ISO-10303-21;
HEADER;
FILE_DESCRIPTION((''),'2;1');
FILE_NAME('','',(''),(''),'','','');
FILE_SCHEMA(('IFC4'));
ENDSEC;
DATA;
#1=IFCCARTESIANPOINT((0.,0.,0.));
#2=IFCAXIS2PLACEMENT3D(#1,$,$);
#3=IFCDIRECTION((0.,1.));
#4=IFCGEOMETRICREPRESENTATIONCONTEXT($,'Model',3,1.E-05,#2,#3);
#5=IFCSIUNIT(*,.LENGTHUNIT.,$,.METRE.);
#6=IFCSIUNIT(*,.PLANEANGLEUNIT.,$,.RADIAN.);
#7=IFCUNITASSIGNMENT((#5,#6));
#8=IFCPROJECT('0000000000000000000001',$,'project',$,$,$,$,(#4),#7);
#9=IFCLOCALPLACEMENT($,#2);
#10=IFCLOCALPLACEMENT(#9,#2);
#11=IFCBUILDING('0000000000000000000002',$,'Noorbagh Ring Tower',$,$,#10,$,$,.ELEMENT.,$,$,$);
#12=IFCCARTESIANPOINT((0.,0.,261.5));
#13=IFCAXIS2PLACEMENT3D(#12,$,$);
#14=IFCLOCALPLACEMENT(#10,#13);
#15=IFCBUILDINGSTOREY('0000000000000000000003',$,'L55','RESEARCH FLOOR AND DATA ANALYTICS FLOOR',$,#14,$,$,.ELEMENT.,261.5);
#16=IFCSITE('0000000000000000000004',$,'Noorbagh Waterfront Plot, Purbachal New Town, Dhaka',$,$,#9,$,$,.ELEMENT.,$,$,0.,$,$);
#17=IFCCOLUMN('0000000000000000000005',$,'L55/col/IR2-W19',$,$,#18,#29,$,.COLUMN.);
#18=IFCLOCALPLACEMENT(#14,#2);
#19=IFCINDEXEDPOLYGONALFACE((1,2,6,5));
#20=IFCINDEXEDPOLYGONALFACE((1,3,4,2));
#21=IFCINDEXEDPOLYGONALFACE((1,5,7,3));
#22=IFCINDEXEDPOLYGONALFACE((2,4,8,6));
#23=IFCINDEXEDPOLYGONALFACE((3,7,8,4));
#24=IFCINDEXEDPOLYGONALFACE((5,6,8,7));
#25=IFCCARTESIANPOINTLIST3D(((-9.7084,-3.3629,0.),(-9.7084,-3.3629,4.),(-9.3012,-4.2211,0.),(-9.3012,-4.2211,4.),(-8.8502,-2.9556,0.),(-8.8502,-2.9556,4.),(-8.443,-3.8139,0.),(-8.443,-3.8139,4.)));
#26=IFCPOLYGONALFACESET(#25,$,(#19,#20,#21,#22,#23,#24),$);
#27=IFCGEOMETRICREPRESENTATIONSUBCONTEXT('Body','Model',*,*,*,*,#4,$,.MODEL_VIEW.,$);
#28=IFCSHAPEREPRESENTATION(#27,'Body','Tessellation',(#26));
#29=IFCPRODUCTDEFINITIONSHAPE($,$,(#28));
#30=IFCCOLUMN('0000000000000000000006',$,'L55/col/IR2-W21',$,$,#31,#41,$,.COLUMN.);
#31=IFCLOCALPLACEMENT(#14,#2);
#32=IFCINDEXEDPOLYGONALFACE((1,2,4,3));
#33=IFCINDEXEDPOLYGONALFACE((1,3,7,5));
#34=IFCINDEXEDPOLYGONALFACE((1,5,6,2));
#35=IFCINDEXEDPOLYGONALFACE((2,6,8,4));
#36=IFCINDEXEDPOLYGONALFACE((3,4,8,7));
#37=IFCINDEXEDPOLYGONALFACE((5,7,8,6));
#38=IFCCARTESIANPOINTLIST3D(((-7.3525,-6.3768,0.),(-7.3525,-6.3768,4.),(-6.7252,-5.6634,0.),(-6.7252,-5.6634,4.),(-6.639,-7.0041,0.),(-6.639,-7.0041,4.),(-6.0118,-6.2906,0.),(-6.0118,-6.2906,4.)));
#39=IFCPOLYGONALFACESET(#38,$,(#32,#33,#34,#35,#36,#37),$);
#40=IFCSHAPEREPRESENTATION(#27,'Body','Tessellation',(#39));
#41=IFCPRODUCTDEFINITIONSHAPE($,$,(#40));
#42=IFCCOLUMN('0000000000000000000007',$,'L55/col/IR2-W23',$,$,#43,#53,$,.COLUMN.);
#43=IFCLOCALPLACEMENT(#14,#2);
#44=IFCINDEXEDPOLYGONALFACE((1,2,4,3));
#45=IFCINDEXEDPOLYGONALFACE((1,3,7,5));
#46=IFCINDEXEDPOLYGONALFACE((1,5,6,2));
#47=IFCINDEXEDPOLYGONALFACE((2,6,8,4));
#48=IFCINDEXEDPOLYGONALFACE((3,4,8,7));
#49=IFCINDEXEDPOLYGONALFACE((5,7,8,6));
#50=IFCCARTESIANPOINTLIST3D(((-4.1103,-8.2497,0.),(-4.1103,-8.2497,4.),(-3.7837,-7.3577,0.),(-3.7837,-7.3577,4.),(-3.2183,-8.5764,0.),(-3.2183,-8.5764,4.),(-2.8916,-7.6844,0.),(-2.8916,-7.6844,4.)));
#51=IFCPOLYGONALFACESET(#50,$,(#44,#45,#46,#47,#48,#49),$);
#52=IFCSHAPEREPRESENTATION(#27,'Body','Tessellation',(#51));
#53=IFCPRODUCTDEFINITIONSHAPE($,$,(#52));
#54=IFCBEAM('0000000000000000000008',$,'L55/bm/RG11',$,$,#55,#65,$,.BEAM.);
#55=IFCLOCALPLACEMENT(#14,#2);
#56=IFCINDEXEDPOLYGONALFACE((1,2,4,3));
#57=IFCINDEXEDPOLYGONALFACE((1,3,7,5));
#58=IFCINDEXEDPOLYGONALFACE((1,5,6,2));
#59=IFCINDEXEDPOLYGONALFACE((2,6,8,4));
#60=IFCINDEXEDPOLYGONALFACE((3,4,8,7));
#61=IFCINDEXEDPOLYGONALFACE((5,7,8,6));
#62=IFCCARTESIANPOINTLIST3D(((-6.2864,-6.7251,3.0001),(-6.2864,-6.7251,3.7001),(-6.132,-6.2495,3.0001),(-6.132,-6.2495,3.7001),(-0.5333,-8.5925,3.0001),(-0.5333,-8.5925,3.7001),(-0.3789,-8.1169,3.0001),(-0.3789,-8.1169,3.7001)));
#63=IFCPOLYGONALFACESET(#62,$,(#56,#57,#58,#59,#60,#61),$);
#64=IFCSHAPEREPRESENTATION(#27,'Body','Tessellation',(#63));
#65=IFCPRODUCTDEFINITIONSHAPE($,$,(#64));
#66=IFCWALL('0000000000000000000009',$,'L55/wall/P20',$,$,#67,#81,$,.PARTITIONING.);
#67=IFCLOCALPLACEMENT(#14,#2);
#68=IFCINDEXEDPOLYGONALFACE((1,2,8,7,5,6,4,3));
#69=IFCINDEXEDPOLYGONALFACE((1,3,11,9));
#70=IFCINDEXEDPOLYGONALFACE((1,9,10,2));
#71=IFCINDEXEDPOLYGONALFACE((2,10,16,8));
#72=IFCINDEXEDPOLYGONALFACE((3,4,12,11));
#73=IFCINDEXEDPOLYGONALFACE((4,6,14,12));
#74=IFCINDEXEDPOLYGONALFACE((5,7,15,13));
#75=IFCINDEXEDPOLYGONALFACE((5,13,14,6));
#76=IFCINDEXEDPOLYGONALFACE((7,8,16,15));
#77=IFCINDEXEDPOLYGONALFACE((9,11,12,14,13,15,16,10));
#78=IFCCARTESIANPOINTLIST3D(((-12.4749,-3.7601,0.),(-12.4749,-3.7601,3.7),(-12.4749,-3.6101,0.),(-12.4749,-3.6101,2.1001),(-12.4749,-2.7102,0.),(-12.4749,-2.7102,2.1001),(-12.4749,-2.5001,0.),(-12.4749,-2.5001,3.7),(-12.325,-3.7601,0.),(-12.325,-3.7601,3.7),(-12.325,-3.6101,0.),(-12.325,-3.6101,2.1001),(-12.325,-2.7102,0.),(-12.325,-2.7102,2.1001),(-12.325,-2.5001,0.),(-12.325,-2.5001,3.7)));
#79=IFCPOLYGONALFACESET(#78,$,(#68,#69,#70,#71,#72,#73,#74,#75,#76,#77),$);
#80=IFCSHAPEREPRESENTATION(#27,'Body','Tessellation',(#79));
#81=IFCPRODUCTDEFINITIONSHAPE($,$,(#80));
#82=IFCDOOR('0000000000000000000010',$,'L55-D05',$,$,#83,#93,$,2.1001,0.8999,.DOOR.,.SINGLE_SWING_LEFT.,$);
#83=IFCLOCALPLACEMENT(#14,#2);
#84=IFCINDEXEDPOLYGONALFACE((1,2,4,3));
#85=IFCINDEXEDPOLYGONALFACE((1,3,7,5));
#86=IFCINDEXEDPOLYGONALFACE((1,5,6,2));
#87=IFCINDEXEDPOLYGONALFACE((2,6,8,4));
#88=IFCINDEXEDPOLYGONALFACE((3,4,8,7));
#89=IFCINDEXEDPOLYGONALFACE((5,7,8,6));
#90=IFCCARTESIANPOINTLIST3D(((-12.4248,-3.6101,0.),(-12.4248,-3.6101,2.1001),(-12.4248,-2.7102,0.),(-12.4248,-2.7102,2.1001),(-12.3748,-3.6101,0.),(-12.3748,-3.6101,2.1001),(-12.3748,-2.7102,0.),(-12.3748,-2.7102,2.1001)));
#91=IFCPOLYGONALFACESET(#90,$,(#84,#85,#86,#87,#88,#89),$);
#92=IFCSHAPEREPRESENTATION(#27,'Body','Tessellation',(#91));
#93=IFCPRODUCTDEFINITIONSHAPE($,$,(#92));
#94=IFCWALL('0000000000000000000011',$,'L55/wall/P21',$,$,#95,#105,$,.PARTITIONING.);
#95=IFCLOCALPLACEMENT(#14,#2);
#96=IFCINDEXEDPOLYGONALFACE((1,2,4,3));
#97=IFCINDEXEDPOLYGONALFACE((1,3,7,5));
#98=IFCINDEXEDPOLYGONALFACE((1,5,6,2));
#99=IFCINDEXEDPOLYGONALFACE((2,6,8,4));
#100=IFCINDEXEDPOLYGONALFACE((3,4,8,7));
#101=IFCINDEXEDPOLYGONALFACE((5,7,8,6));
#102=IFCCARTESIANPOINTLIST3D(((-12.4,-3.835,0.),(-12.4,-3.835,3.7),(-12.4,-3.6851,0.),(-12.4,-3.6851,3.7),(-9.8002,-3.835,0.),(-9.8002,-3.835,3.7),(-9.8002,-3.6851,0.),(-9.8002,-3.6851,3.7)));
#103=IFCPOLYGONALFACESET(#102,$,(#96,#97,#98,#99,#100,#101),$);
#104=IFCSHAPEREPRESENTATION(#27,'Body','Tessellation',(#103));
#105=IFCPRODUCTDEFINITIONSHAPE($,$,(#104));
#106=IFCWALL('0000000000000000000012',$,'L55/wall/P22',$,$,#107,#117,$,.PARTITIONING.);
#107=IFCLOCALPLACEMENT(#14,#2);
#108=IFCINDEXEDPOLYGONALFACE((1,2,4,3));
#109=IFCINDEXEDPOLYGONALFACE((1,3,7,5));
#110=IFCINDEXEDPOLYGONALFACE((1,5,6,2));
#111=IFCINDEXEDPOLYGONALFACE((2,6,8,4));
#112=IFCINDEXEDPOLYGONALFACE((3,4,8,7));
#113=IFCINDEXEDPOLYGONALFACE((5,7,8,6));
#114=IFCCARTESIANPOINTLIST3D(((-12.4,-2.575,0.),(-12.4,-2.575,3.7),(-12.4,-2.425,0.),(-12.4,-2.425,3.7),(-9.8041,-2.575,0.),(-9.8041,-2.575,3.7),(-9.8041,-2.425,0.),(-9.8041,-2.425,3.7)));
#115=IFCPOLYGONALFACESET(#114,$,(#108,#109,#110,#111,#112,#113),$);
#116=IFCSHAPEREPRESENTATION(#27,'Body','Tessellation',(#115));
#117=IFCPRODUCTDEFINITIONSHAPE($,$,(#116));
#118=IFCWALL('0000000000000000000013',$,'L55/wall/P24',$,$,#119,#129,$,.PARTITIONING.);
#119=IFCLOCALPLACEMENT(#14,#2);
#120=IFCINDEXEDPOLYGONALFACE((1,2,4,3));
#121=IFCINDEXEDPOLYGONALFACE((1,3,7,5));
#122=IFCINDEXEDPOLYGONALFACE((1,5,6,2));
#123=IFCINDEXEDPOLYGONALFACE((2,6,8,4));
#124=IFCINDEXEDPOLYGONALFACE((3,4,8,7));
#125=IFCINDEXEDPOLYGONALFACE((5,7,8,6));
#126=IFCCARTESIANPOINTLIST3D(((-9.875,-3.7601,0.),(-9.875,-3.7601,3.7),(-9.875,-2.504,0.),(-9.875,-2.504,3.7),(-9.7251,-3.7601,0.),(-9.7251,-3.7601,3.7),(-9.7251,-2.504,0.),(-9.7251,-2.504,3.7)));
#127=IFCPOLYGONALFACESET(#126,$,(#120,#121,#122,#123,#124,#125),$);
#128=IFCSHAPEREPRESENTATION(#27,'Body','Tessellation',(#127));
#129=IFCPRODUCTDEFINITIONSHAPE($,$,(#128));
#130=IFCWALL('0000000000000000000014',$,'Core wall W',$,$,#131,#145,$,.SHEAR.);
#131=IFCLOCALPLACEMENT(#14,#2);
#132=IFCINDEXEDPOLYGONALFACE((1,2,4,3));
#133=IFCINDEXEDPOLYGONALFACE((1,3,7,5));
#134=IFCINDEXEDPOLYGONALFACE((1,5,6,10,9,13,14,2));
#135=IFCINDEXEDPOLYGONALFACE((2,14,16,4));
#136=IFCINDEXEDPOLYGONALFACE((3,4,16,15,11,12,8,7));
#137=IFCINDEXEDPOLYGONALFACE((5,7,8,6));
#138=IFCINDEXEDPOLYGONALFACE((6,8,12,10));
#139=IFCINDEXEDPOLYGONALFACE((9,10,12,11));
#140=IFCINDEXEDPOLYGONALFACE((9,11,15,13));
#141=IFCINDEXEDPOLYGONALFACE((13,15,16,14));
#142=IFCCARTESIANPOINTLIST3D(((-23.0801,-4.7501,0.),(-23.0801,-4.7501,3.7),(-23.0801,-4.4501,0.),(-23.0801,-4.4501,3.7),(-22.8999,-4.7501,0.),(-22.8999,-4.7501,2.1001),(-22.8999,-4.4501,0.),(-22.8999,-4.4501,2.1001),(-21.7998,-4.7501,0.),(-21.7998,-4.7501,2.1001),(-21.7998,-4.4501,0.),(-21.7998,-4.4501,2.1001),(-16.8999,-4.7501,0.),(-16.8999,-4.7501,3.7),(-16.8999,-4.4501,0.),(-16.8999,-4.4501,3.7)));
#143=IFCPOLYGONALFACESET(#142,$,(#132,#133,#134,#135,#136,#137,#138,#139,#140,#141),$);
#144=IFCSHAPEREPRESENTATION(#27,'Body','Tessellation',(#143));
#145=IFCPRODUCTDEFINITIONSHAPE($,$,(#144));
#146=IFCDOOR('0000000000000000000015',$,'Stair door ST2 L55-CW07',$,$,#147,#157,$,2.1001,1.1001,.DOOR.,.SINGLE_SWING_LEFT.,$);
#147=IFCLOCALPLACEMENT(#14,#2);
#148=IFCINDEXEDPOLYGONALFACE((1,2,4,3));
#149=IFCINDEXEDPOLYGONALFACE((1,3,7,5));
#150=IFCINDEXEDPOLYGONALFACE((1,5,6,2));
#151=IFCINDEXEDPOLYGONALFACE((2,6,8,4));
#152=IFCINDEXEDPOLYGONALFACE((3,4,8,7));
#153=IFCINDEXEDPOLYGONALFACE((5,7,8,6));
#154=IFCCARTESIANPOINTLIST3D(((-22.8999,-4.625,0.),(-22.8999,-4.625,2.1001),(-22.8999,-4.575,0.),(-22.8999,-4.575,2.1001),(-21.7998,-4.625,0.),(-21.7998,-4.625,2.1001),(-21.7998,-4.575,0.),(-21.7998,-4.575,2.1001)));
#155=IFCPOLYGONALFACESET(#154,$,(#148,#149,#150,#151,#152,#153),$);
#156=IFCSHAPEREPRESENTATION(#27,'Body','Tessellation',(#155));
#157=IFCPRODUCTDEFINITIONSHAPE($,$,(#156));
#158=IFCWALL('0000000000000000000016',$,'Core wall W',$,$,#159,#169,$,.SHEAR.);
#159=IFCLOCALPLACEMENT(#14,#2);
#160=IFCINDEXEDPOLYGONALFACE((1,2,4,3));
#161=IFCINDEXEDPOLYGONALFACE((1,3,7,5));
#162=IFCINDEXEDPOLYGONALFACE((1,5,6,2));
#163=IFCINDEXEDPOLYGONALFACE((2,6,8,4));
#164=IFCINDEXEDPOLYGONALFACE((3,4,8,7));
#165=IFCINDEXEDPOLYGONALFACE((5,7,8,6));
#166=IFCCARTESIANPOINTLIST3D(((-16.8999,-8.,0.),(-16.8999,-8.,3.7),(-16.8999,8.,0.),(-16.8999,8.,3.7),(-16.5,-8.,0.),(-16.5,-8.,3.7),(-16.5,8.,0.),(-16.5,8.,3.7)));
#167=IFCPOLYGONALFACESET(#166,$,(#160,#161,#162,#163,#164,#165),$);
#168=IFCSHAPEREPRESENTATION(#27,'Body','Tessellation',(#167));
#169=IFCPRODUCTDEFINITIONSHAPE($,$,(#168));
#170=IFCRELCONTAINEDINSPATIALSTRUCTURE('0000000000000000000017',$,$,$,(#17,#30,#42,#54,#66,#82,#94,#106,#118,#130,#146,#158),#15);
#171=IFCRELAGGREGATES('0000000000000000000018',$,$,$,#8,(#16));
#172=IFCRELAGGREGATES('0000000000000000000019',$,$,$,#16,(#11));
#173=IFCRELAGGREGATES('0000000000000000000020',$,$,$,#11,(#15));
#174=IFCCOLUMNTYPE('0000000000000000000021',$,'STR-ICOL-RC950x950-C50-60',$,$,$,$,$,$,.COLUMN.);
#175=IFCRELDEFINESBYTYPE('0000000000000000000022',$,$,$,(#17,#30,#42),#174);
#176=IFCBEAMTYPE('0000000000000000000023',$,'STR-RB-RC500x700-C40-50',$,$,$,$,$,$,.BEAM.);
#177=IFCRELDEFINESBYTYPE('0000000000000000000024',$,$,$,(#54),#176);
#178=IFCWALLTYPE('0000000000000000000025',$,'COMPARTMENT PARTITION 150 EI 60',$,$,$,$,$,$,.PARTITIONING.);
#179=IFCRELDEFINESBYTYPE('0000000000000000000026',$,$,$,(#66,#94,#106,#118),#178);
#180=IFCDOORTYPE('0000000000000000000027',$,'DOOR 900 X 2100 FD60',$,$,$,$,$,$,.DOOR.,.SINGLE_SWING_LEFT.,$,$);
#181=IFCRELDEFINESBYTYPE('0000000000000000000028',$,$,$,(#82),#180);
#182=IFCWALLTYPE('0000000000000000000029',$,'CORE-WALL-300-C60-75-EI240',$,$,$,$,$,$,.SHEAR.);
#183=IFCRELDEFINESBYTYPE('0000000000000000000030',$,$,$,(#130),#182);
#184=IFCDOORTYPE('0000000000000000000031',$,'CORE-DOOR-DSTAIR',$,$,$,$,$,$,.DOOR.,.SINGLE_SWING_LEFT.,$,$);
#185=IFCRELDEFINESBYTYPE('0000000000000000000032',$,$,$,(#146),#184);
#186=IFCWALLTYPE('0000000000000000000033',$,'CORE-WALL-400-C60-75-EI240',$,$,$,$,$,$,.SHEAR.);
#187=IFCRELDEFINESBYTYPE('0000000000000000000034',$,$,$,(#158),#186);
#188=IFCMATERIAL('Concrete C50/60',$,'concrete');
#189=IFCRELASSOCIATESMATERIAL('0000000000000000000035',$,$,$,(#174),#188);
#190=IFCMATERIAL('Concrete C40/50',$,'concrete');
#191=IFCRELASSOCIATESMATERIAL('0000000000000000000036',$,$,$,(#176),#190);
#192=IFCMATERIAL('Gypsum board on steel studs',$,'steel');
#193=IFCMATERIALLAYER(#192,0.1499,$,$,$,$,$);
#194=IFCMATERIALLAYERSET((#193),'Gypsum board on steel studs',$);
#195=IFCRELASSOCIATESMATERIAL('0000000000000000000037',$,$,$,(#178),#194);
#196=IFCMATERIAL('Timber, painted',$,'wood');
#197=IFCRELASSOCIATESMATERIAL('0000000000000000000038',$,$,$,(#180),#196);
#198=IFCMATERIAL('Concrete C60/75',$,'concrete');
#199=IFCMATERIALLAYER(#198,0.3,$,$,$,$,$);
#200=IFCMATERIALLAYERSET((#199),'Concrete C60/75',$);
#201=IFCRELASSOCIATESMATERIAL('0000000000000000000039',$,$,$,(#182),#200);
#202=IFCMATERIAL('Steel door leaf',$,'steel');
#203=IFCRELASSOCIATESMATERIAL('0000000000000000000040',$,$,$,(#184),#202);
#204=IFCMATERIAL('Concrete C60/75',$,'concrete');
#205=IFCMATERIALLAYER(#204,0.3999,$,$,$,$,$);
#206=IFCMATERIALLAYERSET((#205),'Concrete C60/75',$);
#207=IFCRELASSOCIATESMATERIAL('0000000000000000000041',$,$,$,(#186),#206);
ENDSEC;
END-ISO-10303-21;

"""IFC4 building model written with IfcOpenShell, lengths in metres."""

from ifc_helpers import new_model, si_unit, direction, frame, frame_2d, origin, origin_2d, place, context, subcontext, project, spatial, rectangle, extrude, material, layer, layer_set, material_profile, profile_set, type_object, element, fill, save


model = new_model("IFC4")

# Units and contexts
model_context = context("Model", 3, precision=1e-05, world=origin(), true_north=direction((0.0, 1.0)))
body_context = subcontext(model_context, "Body", "Model", "MODEL_VIEW")
ifc_project = project(units=[si_unit("LENGTHUNIT", "METRE"), si_unit("PLANEANGLEUNIT", "RADIAN")], contexts=[model_context])

# Site, building, storey
site_placement = place(None, origin())
site = spatial("IfcSite", under=ifc_project, at=site_placement, Name="Noorbagh Waterfront Plot, Purbachal New Town, Dhaka", CompositionType="ELEMENT", RefElevation=0.0)
building_placement = place(site_placement, origin())
building = spatial("IfcBuilding", under=site, at=building_placement, Name="Noorbagh Ring Tower", CompositionType="ELEMENT")
storey_placement = place(building_placement, frame((0.0, 0.0, 261.5)))
storey = spatial("IfcBuildingStorey", under=building, at=storey_placement, Name="L55", Description="RESEARCH FLOOR AND DATA ANALYTICS FLOOR", CompositionType="ELEMENT", Elevation=261.5)

# Columns
ifc_material_1 = material(Name="Concrete C50/60", Category="concrete")
ifc_material_profile_1 = material_profile(ifc_material_1, rectangle(XDim=0.95, YDim=0.95, at=origin_2d()), Name="RC950x950")
ifc_profile_set_1 = profile_set([ifc_material_profile_1], Name="Concrete C50/60")
column_type = type_object("IfcColumnType", Name="STR-ICOL-RC950x950-C50-60", PredefinedType="COLUMN", material=ifc_profile_set_1)
for number, where, z_axis, x_axis, name in (
    (1, (-9.0757, -3.5884, 0.0), (0.0, 0.0, 1.0), (0.428667, -0.903463, 0.0), "L55/col/IR2-W19"),
    (2, (-6.6821, -6.3337, 0.0), (0.0, 0.0, 1.0), (0.751022, -0.660277, 0.0), "L55/col/IR2-W21"),
    (3, (-3.501, -7.967, 0.0), (0.0, 0.0, 1.0), (0.93902, -0.343864, 0.0), "L55/col/IR2-W23"),
):
    element("IfcColumn", number, at=place(storey_placement, frame(where, z_axis=z_axis, x_axis=x_axis)), inside=storey, type_object=column_type, Name=name, PredefinedType="COLUMN", context=body_context, shape_type="SweptSolid", body=[
        extrude(rectangle(XDim=0.95, YDim=0.95, at=origin_2d()), origin(), (0.0, 0.0, 1.0), 4.0),
    ])

# Beam
ifc_material_2 = material(Name="Concrete C40/50", Category="concrete")
ifc_material_profile_2 = material_profile(ifc_material_2, rectangle(XDim=0.5, YDim=0.7, at=origin_2d()), Name="RC500x700")
ifc_profile_set_2 = profile_set([ifc_material_profile_2], Name="Concrete C40/50")
beam_type = type_object("IfcBeamType", Name="STR-RB-RC500x700-C40-50", PredefinedType="BEAM", material=ifc_profile_set_2)
beam_placement = place(storey_placement, frame((-6.2092, -6.4873, 3.3501), z_axis=(0.951148, -0.308735, 0.0), x_axis=(0.308735, 0.951148, 0.0)))
element("IfcBeam", 4, at=beam_placement, inside=storey, type_object=beam_type, Name="L55/bm/RG11", PredefinedType="BEAM", context=body_context, shape_type="SweptSolid", body=[
    extrude(rectangle(XDim=0.5, YDim=0.7, at=origin_2d()), origin(), (0.0, 0.0, 1.0), 6.0486),
])

# Wall, opening, door
ifc_material_3 = material(Name="Gypsum board on steel studs", Category="steel")
ifc_layer_1 = layer(ifc_material_3, 0.1499)
ifc_layer_set_1 = layer_set([ifc_layer_1], Name="Gypsum board on steel studs")
wall_type_1 = type_object("IfcWallType", Name="COMPARTMENT PARTITION 150 EI 60", PredefinedType="PARTITIONING", material=ifc_layer_set_1)
wall_1_placement = place(storey_placement, frame((-12.3999, -3.76, 0.0), z_axis=(0.0, 0.0, 1.0), x_axis=(0.0, 1.0, 0.0)))
wall_1 = element("IfcWall", 5, at=wall_1_placement, inside=storey, type_object=wall_type_1, Name="L55/wall/P20", PredefinedType="PARTITIONING", context=body_context, shape_type="SweptSolid", body=[
    extrude(rectangle(XDim=1.26, YDim=0.1499, at=frame_2d((0.6299, 0.0))), origin(), (0.0, 0.0, 1.0), 3.7),
])
opening_1_placement = place(wall_1_placement, frame((0.1499, 0.0, 0.0)))
opening_1 = element("IfcOpeningElement", 6, at=opening_1_placement, cuts=wall_1, PredefinedType="OPENING", context=body_context, shape_type="SweptSolid", body=[
    extrude(rectangle(XDim=0.8999, YDim=2.1001, at=frame_2d((0.45, 1.05))), frame((0.0, 0.085, 0.0), z_axis=(0.0, -1.0, 0.0), x_axis=(1.0, 0.0, 0.0)), (0.0, 0.0, 1.0), 0.1699),
])
ifc_material_4 = material(Name="Timber, painted", Category="wood")
door_type_1 = type_object("IfcDoorType", Name="DOOR 900 X 2100 FD60", OperationType="SINGLE_SWING_LEFT", PredefinedType="DOOR", material=ifc_material_4)
door_1_placement = place(opening_1_placement, origin())
door_1 = element("IfcDoor", 7, at=door_1_placement, inside=storey, type_object=door_type_1, Name="L55-D05", OperationType="SINGLE_SWING_LEFT", OverallHeight=2.1001, OverallWidth=0.8999, PredefinedType="DOOR", context=body_context, shape_type="SweptSolid", body=[
    extrude(rectangle(XDim=0.8999, YDim=2.1001, at=frame_2d((0.45, 1.05))), frame((0.0, 0.0249, 0.0), z_axis=(0.0, -1.0, 0.0), x_axis=(1.0, 0.0, 0.0)), (0.0, 0.0, 1.0), 0.05),
])
fill(opening_1, door_1)

# Walls
wall_2_placement = place(storey_placement, frame((-12.3999, -3.76, 0.0), z_axis=(0.0, 0.0, 1.0), x_axis=(1.0, 0.0, 0.0)))
element("IfcWall", 8, at=wall_2_placement, inside=storey, type_object=wall_type_1, Name="L55/wall/P21", PredefinedType="PARTITIONING", context=body_context, shape_type="SweptSolid", body=[
    extrude(rectangle(XDim=2.5999, YDim=0.1499, at=frame_2d((1.2998, 0.0))), origin(), (0.0, 0.0, 1.0), 3.7),
])
wall_3_placement = place(storey_placement, frame((-12.3999, -2.5, 0.0), z_axis=(0.0, 0.0, 1.0), x_axis=(1.0, 0.0, 0.0)))
element("IfcWall", 9, at=wall_3_placement, inside=storey, type_object=wall_type_1, Name="L55/wall/P22", PredefinedType="PARTITIONING", context=body_context, shape_type="SweptSolid", body=[
    extrude(rectangle(XDim=2.5959, YDim=0.1499, at=frame_2d((1.2979, 0.0))), origin(), (0.0, 0.0, 1.0), 3.7),
])
wall_4_placement = place(storey_placement, frame((-9.8, -3.76, 0.0), z_axis=(0.0, 0.0, 1.0), x_axis=(0.0, 1.0, 0.0)))
element("IfcWall", 10, at=wall_4_placement, inside=storey, type_object=wall_type_1, Name="L55/wall/P24", PredefinedType="PARTITIONING", context=body_context, shape_type="SweptSolid", body=[
    extrude(rectangle(XDim=1.2561, YDim=0.1499, at=frame_2d((0.6279, 0.0))), origin(), (0.0, 0.0, 1.0), 3.7),
])

# Wall, opening, door
ifc_material_5 = material(Name="Concrete C60/75", Category="concrete")
ifc_layer_2 = layer(ifc_material_5, 0.3)
ifc_layer_set_2 = layer_set([ifc_layer_2], Name="Concrete C60/75")
wall_type_2 = type_object("IfcWallType", Name="CORE-WALL-300-C60-75-EI240", PredefinedType="SHEAR", material=ifc_layer_set_2)
wall_5_placement = place(storey_placement, frame((-16.8999, -4.6001, 0.0), z_axis=(0.0, 0.0, 1.0), x_axis=(-1.0, 0.0, 0.0)))
wall_5 = element("IfcWall", 11, at=wall_5_placement, inside=storey, type_object=wall_type_2, Name="Core wall W", PredefinedType="SHEAR", context=body_context, shape_type="SweptSolid", body=[
    extrude(rectangle(XDim=6.1802, YDim=0.3, at=frame_2d((3.0901, 0.0))), origin(), (0.0, 0.0, 1.0), 3.7),
])
opening_2_placement = place(wall_5_placement, frame((4.8999, 0.0, 0.0)))
opening_2 = element("IfcOpeningElement", 12, at=opening_2_placement, cuts=wall_5, PredefinedType="OPENING", context=body_context, shape_type="SweptSolid", body=[
    extrude(rectangle(XDim=1.1001, YDim=2.1001, at=frame_2d((0.55, 1.05))), frame((0.0, 0.1602, 0.0), z_axis=(0.0, -1.0, 0.0), x_axis=(1.0, 0.0, 0.0)), (0.0, 0.0, 1.0), 0.3201),
])
ifc_material_6 = material(Name="Steel door leaf", Category="steel")
door_type_2 = type_object("IfcDoorType", Name="CORE-DOOR-DSTAIR", OperationType="SINGLE_SWING_LEFT", PredefinedType="DOOR", material=ifc_material_6)
door_2_placement = place(opening_2_placement, origin())
door_2 = element("IfcDoor", 13, at=door_2_placement, inside=storey, type_object=door_type_2, Name="Stair door ST2 L55-CW07", OperationType="SINGLE_SWING_LEFT", OverallHeight=2.1001, OverallWidth=1.1001, PredefinedType="DOOR", context=body_context, shape_type="SweptSolid", body=[
    extrude(rectangle(XDim=1.1001, YDim=2.1001, at=frame_2d((0.55, 1.05))), frame((0.0, 0.0249, 0.0), z_axis=(0.0, -1.0, 0.0), x_axis=(1.0, 0.0, 0.0)), (0.0, 0.0, 1.0), 0.05),
])
fill(opening_2, door_2)

# Wall
ifc_material_7 = material(Name="Concrete C60/75", Category="concrete")
ifc_layer_3 = layer(ifc_material_7, 0.3999)
ifc_layer_set_3 = layer_set([ifc_layer_3], Name="Concrete C60/75")
wall_type_3 = type_object("IfcWallType", Name="CORE-WALL-400-C60-75-EI240", PredefinedType="SHEAR", material=ifc_layer_set_3)
wall_6_placement = place(storey_placement, frame((-16.7, -8.0, 0.0), z_axis=(0.0, 0.0, 1.0), x_axis=(0.0, 1.0, 0.0)))
element("IfcWall", 14, at=wall_6_placement, inside=storey, type_object=wall_type_3, Name="Core wall W", PredefinedType="SHEAR", context=body_context, shape_type="SweptSolid", body=[
    extrude(rectangle(XDim=16.0, YDim=0.3999, at=frame_2d((8.0, 0.0))), origin(), (0.0, 0.0, 1.0), 3.7),
])

save(model, "model.ifc")
